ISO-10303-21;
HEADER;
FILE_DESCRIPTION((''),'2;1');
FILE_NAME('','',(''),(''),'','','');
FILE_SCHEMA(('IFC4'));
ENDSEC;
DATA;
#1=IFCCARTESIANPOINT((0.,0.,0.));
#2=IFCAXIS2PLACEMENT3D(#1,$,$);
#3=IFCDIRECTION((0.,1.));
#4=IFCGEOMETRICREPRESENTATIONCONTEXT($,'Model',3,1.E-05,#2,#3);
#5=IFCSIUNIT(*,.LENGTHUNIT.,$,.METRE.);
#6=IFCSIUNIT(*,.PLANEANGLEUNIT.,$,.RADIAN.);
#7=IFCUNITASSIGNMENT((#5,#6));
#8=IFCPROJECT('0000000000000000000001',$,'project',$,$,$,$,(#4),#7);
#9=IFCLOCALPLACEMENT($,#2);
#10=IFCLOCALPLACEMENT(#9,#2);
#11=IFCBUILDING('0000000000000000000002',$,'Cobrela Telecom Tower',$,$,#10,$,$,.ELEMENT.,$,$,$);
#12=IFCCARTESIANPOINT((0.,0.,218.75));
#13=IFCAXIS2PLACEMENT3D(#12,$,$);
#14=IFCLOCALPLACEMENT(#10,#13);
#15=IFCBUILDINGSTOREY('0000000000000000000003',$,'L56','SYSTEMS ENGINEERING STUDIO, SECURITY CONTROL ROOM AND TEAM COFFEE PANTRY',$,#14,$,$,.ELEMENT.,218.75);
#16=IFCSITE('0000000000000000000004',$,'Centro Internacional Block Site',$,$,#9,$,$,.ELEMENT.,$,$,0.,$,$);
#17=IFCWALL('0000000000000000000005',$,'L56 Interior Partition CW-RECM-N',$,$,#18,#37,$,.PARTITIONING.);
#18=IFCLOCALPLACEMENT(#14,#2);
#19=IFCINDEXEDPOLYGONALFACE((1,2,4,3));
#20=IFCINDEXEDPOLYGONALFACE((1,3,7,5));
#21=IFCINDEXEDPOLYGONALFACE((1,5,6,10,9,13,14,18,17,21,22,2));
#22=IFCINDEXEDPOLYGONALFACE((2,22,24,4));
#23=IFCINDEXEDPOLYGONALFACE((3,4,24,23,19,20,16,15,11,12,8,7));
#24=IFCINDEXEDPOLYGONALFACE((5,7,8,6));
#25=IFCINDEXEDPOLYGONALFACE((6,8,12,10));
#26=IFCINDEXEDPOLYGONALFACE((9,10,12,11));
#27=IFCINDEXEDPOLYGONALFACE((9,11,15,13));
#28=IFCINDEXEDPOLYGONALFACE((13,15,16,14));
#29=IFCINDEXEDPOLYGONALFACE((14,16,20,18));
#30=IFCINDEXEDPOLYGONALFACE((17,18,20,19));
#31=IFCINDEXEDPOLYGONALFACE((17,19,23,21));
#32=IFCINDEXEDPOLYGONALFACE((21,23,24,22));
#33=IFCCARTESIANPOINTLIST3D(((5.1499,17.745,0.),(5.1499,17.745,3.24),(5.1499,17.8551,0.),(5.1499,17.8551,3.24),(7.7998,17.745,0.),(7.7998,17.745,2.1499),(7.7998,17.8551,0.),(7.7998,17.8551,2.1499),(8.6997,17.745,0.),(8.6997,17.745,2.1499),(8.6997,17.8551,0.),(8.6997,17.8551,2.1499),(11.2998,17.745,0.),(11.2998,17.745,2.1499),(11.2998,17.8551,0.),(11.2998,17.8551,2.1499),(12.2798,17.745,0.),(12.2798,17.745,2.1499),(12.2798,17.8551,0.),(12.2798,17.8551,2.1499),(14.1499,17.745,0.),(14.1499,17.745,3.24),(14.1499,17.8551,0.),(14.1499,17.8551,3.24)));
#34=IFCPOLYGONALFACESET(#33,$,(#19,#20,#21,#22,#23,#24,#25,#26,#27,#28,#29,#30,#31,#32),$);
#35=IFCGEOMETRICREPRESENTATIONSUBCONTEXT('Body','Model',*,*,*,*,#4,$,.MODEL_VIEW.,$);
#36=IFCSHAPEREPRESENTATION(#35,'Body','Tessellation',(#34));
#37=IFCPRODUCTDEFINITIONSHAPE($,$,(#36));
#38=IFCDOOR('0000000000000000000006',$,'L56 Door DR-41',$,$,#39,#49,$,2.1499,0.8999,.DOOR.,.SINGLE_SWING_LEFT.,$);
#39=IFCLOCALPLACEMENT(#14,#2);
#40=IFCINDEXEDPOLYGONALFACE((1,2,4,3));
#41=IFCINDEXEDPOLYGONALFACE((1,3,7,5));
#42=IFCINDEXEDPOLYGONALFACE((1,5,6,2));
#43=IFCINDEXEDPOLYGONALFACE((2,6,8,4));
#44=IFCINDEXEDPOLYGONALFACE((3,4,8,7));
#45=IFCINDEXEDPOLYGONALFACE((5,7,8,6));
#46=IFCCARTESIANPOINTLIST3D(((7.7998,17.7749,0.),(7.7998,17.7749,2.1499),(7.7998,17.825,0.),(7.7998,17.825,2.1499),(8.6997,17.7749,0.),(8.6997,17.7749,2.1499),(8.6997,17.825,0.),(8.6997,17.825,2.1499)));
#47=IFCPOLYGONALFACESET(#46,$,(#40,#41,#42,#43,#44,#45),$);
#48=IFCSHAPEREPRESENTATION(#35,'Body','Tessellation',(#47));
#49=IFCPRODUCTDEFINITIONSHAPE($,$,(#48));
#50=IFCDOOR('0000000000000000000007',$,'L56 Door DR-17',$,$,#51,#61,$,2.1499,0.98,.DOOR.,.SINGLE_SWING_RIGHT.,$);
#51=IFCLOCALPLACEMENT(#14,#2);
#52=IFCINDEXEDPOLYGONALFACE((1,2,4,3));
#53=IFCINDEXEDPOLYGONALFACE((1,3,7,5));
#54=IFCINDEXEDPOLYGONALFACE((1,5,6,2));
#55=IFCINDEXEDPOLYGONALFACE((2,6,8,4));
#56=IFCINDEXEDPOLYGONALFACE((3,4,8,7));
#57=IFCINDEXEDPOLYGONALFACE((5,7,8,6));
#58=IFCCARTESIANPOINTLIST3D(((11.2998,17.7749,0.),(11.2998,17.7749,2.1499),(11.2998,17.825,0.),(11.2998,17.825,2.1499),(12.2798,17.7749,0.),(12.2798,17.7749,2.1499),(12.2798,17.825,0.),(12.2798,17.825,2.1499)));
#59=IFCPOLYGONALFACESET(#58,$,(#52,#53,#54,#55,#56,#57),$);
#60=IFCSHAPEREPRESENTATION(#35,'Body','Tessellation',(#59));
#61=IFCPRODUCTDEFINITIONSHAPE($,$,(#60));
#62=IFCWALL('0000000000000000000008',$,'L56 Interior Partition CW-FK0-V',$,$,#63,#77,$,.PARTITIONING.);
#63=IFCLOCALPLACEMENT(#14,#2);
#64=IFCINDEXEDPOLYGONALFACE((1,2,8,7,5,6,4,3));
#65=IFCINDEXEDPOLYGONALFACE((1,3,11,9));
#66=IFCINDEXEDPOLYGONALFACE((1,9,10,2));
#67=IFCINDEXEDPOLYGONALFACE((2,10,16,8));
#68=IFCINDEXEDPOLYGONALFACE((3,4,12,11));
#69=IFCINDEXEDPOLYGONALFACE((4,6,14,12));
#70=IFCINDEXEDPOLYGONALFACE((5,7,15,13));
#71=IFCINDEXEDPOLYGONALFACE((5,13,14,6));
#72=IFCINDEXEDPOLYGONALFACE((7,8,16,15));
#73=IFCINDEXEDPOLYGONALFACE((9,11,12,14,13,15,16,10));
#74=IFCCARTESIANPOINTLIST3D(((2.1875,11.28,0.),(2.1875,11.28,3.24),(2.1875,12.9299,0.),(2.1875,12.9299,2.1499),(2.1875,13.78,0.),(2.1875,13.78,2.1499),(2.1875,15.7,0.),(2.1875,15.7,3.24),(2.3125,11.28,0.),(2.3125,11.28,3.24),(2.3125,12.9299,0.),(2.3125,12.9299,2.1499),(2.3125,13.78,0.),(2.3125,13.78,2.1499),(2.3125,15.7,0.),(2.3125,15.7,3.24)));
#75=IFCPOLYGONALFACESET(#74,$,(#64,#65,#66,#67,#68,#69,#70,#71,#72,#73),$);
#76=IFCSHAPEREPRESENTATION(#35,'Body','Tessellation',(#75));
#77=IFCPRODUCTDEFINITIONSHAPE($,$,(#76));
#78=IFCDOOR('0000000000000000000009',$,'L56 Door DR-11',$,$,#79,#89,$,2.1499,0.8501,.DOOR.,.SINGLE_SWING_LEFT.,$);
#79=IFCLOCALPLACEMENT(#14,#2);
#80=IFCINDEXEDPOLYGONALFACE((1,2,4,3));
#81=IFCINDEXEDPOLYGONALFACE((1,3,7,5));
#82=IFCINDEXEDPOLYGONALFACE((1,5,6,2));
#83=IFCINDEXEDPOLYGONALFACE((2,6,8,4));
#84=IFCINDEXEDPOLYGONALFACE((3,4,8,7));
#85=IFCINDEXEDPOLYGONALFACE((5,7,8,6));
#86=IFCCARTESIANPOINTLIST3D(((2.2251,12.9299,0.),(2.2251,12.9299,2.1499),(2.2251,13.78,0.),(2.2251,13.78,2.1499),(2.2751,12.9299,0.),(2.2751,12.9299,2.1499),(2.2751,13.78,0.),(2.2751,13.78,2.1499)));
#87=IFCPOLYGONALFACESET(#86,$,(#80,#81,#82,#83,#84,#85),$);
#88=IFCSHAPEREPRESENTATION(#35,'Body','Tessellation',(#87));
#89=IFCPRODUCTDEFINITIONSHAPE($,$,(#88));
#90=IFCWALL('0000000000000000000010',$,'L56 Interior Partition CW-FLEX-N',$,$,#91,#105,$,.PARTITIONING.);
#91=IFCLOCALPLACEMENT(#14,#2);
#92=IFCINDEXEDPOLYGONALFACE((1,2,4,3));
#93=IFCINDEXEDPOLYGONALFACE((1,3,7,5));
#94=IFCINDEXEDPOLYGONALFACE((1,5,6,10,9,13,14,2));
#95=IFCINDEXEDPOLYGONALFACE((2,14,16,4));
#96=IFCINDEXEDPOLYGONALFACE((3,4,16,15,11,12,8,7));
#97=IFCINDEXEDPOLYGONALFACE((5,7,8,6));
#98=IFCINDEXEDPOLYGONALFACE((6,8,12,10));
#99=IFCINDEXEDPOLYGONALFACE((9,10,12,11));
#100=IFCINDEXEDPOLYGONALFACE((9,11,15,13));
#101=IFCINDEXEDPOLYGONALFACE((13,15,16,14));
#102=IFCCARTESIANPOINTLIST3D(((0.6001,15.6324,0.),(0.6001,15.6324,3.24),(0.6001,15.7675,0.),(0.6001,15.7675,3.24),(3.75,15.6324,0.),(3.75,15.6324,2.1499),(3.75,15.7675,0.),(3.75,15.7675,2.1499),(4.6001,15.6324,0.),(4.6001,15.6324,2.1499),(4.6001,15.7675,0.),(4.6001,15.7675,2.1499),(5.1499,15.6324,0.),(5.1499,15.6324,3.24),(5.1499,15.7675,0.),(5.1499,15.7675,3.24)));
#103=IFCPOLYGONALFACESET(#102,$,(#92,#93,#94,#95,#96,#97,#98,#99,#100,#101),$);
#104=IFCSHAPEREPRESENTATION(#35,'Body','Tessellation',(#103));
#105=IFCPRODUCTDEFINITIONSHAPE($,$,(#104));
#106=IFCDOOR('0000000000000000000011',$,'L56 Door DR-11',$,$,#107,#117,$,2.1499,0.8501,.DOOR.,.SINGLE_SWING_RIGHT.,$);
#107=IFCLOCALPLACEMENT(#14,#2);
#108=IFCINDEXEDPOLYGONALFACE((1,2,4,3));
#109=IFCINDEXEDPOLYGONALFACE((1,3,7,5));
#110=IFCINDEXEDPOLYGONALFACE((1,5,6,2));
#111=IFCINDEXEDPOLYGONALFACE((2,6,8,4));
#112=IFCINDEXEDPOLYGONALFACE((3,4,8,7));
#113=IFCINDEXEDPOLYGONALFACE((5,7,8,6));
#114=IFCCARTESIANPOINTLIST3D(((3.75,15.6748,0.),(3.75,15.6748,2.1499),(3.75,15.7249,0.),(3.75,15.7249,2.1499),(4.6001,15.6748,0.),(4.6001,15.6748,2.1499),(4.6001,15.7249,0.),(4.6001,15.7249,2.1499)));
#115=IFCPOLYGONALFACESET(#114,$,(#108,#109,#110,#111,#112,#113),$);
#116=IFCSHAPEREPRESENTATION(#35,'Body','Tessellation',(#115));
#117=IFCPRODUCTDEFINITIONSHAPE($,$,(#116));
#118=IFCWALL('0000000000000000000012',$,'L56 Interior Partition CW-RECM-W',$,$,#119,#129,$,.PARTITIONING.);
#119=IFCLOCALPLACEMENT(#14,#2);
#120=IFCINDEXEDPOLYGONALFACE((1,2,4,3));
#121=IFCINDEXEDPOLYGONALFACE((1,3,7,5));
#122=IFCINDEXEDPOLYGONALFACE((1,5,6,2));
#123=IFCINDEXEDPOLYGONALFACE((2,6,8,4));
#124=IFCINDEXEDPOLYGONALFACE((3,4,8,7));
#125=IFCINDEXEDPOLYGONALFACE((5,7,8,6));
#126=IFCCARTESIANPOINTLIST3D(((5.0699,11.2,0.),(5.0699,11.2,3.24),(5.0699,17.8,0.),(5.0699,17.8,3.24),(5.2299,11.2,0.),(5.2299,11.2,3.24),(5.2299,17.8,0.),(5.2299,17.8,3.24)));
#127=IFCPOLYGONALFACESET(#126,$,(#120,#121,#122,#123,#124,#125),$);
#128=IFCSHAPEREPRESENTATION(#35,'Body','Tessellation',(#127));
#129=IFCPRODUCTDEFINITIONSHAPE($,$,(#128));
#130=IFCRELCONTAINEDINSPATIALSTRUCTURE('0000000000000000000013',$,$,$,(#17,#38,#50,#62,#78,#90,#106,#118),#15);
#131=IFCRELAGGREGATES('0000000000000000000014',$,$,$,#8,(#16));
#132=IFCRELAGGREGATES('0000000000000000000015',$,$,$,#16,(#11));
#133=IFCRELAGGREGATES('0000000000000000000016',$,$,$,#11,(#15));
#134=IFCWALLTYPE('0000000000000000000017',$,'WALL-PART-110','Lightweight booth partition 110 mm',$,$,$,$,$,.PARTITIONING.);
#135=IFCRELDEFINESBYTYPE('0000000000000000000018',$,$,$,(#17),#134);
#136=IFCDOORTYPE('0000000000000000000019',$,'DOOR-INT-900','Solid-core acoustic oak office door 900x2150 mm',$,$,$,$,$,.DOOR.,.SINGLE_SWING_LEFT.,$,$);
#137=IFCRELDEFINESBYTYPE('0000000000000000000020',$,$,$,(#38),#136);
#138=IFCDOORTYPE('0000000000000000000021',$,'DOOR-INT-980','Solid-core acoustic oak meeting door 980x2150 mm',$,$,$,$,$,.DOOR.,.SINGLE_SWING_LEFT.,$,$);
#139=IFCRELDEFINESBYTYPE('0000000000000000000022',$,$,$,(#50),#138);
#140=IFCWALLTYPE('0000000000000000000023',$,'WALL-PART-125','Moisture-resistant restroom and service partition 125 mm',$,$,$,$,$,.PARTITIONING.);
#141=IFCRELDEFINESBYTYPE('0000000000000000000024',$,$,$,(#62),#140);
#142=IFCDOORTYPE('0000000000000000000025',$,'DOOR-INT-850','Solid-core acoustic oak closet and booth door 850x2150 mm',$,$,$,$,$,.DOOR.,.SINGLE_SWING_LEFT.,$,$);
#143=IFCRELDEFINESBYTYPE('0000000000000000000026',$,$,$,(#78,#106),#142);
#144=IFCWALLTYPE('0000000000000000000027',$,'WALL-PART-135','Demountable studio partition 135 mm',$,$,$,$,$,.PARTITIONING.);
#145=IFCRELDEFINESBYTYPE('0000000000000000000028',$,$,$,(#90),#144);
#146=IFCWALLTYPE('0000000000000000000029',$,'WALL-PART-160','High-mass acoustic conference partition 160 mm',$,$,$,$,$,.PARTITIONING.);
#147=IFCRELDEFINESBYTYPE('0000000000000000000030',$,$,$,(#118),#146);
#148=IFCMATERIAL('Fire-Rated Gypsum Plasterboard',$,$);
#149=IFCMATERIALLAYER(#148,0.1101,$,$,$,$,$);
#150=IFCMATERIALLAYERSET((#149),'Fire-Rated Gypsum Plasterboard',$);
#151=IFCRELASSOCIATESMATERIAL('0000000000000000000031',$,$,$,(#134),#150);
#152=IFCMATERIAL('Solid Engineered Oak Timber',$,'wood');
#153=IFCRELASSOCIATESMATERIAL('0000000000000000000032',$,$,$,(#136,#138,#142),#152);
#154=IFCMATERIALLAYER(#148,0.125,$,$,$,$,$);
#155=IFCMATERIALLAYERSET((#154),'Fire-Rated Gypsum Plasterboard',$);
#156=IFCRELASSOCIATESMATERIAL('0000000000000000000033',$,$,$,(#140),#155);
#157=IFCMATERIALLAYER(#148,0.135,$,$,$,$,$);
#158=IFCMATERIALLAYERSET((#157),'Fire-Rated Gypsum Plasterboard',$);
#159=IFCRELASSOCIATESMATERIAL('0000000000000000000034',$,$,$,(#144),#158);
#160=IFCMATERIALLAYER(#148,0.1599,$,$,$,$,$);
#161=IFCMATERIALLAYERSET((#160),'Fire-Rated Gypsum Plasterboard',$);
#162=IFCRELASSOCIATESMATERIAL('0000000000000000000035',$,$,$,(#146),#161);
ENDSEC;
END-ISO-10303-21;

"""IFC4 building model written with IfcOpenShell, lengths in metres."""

from ifc_helpers import new_model, si_unit, direction, frame, frame_2d, origin, place, context, subcontext, project, spatial, rectangle, extrude, material, layer, layer_set, type_object, element, fill, save


model = new_model("IFC4")

# Units and contexts
model_context = context("Model", 3, precision=1e-05, world=origin(), true_north=direction((0.0, 1.0)))
body_context = subcontext(model_context, "Body", "Model", "MODEL_VIEW")
ifc_project = project(units=[si_unit("LENGTHUNIT", "METRE"), si_unit("PLANEANGLEUNIT", "RADIAN")], contexts=[model_context])

# Site, building, storey
site_placement = place(None, origin())
site = spatial("IfcSite", under=ifc_project, at=site_placement, Name="Centro Internacional Block Site", CompositionType="ELEMENT", RefElevation=0.0)
building_placement = place(site_placement, origin())
building = spatial("IfcBuilding", under=site, at=building_placement, Name="Cobrela Telecom Tower", CompositionType="ELEMENT")
storey_placement = place(building_placement, frame((0.0, 0.0, 218.75)))
storey = spatial("IfcBuildingStorey", under=building, at=storey_placement, Name="L56", Description="SYSTEMS ENGINEERING STUDIO, SECURITY CONTROL ROOM AND TEAM COFFEE PANTRY", CompositionType="ELEMENT", Elevation=218.75)

# Wall, openings, doors
ifc_material_1 = material(Name="Fire-Rated Gypsum Plasterboard")
ifc_layer_1 = layer(ifc_material_1, 0.1101)
ifc_layer_set_1 = layer_set([ifc_layer_1], Name="Fire-Rated Gypsum Plasterboard")
wall_type_1 = type_object("IfcWallType", Name="WALL-PART-110", Description="Lightweight booth partition 110 mm", PredefinedType="PARTITIONING", material=ifc_layer_set_1)
wall_1_placement = place(storey_placement, frame((5.1499, 17.8, 0.0), z_axis=(0.0, 0.0, 1.0), x_axis=(1.0, 0.0, 0.0)))
wall_1 = element("IfcWall", 1, at=wall_1_placement, inside=storey, type_object=wall_type_1, Name="L56 Interior Partition CW-RECM-N", PredefinedType="PARTITIONING", context=body_context, shape_type="SweptSolid", body=[
    extrude(rectangle(XDim=9.0, YDim=0.1101, at=frame_2d((4.5, 0.0))), origin(), (0.0, 0.0, 1.0), 3.24),
])
opening_1_placement = place(wall_1_placement, frame((2.6499, 0.0, 0.0)))
opening_1 = element("IfcOpeningElement", 2, at=opening_1_placement, cuts=wall_1, PredefinedType="OPENING", context=body_context, shape_type="SweptSolid", body=[
    extrude(rectangle(XDim=0.8999, YDim=2.1499, at=frame_2d((0.45, 1.075))), frame((0.0, 0.0669, 0.0), z_axis=(0.0, -1.0, 0.0), x_axis=(1.0, 0.0, 0.0)), (0.0, 0.0, 1.0), 0.134),
])
opening_2_placement = place(wall_1_placement, frame((6.1499, 0.0, 0.0)))
opening_2 = element("IfcOpeningElement", 3, at=opening_2_placement, cuts=wall_1, PredefinedType="OPENING", context=body_context, shape_type="SweptSolid", body=[
    extrude(rectangle(XDim=0.98, YDim=2.1499, at=frame_2d((0.49, 1.075))), frame((0.0, 0.0669, 0.0), z_axis=(0.0, -1.0, 0.0), x_axis=(1.0, 0.0, 0.0)), (0.0, 0.0, 1.0), 0.134),
])
ifc_material_2 = material(Name="Solid Engineered Oak Timber", Category="wood")
door_type_1 = type_object("IfcDoorType", Name="DOOR-INT-900", Description="Solid-core acoustic oak office door 900x2150 mm", OperationType="SINGLE_SWING_LEFT", PredefinedType="DOOR", material=ifc_material_2)
door_1_placement = place(opening_1_placement, origin())
door_1 = element("IfcDoor", 4, at=door_1_placement, inside=storey, type_object=door_type_1, Name="L56 Door DR-41", OperationType="SINGLE_SWING_LEFT", OverallHeight=2.1499, OverallWidth=0.8999, PredefinedType="DOOR", context=body_context, shape_type="SweptSolid", body=[
    extrude(rectangle(XDim=0.8999, YDim=2.1499, at=frame_2d((0.45, 1.075))), frame((0.0, 0.0249, 0.0), z_axis=(0.0, -1.0, 0.0), x_axis=(1.0, 0.0, 0.0)), (0.0, 0.0, 1.0), 0.05),
])
fill(opening_1, door_1)
door_type_2 = type_object("IfcDoorType", Name="DOOR-INT-980", Description="Solid-core acoustic oak meeting door 980x2150 mm", OperationType="SINGLE_SWING_LEFT", PredefinedType="DOOR", material=ifc_material_2)
door_2_placement = place(opening_2_placement, origin())
door_2 = element("IfcDoor", 5, at=door_2_placement, inside=storey, type_object=door_type_2, Name="L56 Door DR-17", OperationType="SINGLE_SWING_RIGHT", OverallHeight=2.1499, OverallWidth=0.98, PredefinedType="DOOR", context=body_context, shape_type="SweptSolid", body=[
    extrude(rectangle(XDim=0.98, YDim=2.1499, at=frame_2d((0.49, 1.075))), frame((0.0, 0.0249, 0.0), z_axis=(0.0, -1.0, 0.0), x_axis=(1.0, 0.0, 0.0)), (0.0, 0.0, 1.0), 0.05),
])
fill(opening_2, door_2)

# Walls, openings, doors
ifc_layer_2 = layer(ifc_material_1, 0.125)
ifc_layer_set_2 = layer_set([ifc_layer_2], Name="Fire-Rated Gypsum Plasterboard")
wall_type_2 = type_object("IfcWallType", Name="WALL-PART-125", Description="Moisture-resistant restroom and service partition 125 mm", PredefinedType="PARTITIONING", material=ifc_layer_set_2)
wall_2_placement = place(storey_placement, frame((2.25, 11.28, 0.0), z_axis=(0.0, 0.0, 1.0), x_axis=(0.0, 1.0, 0.0)))
wall_2 = element("IfcWall", 6, at=wall_2_placement, inside=storey, type_object=wall_type_2, Name="L56 Interior Partition CW-FK0-V", PredefinedType="PARTITIONING", context=body_context, shape_type="SweptSolid", body=[
    extrude(rectangle(XDim=4.4199, YDim=0.125, at=frame_2d((2.21, 0.0))), origin(), (0.0, 0.0, 1.0), 3.24),
])
opening_3_placement = place(wall_2_placement, frame((1.6499, 0.0, 0.0)))
opening_3 = element("IfcOpeningElement", 7, at=opening_3_placement, cuts=wall_2, PredefinedType="OPENING", context=body_context, shape_type="SweptSolid", body=[
    extrude(rectangle(XDim=0.8501, YDim=2.1499, at=frame_2d((0.425, 1.075))), frame((0.0, 0.0745, 0.0), z_axis=(0.0, -1.0, 0.0), x_axis=(1.0, 0.0, 0.0)), (0.0, 0.0, 1.0), 0.1489),
])
door_type_3 = type_object("IfcDoorType", Name="DOOR-INT-850", Description="Solid-core acoustic oak closet and booth door 850x2150 mm", OperationType="SINGLE_SWING_LEFT", PredefinedType="DOOR", material=ifc_material_2)
door_3_placement = place(opening_3_placement, origin())
door_3 = element("IfcDoor", 8, at=door_3_placement, inside=storey, type_object=door_type_3, Name="L56 Door DR-11", OperationType="SINGLE_SWING_LEFT", OverallHeight=2.1499, OverallWidth=0.8501, PredefinedType="DOOR", context=body_context, shape_type="SweptSolid", body=[
    extrude(rectangle(XDim=0.8501, YDim=2.1499, at=frame_2d((0.425, 1.075))), frame((0.0, 0.0249, 0.0), z_axis=(0.0, -1.0, 0.0), x_axis=(1.0, 0.0, 0.0)), (0.0, 0.0, 1.0), 0.05),
])
fill(opening_3, door_3)
ifc_layer_3 = layer(ifc_material_1, 0.135)
ifc_layer_set_3 = layer_set([ifc_layer_3], Name="Fire-Rated Gypsum Plasterboard")
wall_type_3 = type_object("IfcWallType", Name="WALL-PART-135", Description="Demountable studio partition 135 mm", PredefinedType="PARTITIONING", material=ifc_layer_set_3)
wall_3_placement = place(storey_placement, frame((0.6001, 15.7, 0.0), z_axis=(0.0, 0.0, 1.0), x_axis=(1.0, 0.0, 0.0)))
wall_3 = element("IfcWall", 9, at=wall_3_placement, inside=storey, type_object=wall_type_3, Name="L56 Interior Partition CW-FLEX-N", PredefinedType="PARTITIONING", context=body_context, shape_type="SweptSolid", body=[
    extrude(rectangle(XDim=4.5498, YDim=0.135, at=frame_2d((2.2749, 0.0))), origin(), (0.0, 0.0, 1.0), 3.24),
])
opening_4_placement = place(wall_3_placement, frame((3.1499, 0.0, 0.0)))
opening_4 = element("IfcOpeningElement", 10, at=opening_4_placement, cuts=wall_3, PredefinedType="OPENING", context=body_context, shape_type="SweptSolid", body=[
    extrude(rectangle(XDim=0.8501, YDim=2.1499, at=frame_2d((0.425, 1.075))), frame((0.0, 0.0796, 0.0), z_axis=(0.0, -1.0, 0.0), x_axis=(1.0, 0.0, 0.0)), (0.0, 0.0, 1.0), 0.1589),
])
door_4_placement = place(opening_4_placement, origin())
door_4 = element("IfcDoor", 11, at=door_4_placement, inside=storey, type_object=door_type_3, Name="L56 Door DR-11", OperationType="SINGLE_SWING_RIGHT", OverallHeight=2.1499, OverallWidth=0.8501, PredefinedType="DOOR", context=body_context, shape_type="SweptSolid", body=[
    extrude(rectangle(XDim=0.8501, YDim=2.1499, at=frame_2d((0.425, 1.075))), frame((0.0, 0.0249, 0.0), z_axis=(0.0, -1.0, 0.0), x_axis=(1.0, 0.0, 0.0)), (0.0, 0.0, 1.0), 0.05),
])
fill(opening_4, door_4)

# Wall
ifc_layer_4 = layer(ifc_material_1, 0.1599)
ifc_layer_set_4 = layer_set([ifc_layer_4], Name="Fire-Rated Gypsum Plasterboard")
wall_type_4 = type_object("IfcWallType", Name="WALL-PART-160", Description="High-mass acoustic conference partition 160 mm", PredefinedType="PARTITIONING", material=ifc_layer_set_4)
wall_4_placement = place(storey_placement, frame((5.1499, 11.2, 0.0), z_axis=(0.0, 0.0, 1.0), x_axis=(0.0, 1.0, 0.0)))
element("IfcWall", 12, at=wall_4_placement, inside=storey, type_object=wall_type_4, Name="L56 Interior Partition CW-RECM-W", PredefinedType="PARTITIONING", context=body_context, shape_type="SweptSolid", body=[
    extrude(rectangle(XDim=6.6001, YDim=0.1599, at=frame_2d((3.3, 0.0))), origin(), (0.0, 0.0, 1.0), 3.24),
])

save(model, "model.ifc")
